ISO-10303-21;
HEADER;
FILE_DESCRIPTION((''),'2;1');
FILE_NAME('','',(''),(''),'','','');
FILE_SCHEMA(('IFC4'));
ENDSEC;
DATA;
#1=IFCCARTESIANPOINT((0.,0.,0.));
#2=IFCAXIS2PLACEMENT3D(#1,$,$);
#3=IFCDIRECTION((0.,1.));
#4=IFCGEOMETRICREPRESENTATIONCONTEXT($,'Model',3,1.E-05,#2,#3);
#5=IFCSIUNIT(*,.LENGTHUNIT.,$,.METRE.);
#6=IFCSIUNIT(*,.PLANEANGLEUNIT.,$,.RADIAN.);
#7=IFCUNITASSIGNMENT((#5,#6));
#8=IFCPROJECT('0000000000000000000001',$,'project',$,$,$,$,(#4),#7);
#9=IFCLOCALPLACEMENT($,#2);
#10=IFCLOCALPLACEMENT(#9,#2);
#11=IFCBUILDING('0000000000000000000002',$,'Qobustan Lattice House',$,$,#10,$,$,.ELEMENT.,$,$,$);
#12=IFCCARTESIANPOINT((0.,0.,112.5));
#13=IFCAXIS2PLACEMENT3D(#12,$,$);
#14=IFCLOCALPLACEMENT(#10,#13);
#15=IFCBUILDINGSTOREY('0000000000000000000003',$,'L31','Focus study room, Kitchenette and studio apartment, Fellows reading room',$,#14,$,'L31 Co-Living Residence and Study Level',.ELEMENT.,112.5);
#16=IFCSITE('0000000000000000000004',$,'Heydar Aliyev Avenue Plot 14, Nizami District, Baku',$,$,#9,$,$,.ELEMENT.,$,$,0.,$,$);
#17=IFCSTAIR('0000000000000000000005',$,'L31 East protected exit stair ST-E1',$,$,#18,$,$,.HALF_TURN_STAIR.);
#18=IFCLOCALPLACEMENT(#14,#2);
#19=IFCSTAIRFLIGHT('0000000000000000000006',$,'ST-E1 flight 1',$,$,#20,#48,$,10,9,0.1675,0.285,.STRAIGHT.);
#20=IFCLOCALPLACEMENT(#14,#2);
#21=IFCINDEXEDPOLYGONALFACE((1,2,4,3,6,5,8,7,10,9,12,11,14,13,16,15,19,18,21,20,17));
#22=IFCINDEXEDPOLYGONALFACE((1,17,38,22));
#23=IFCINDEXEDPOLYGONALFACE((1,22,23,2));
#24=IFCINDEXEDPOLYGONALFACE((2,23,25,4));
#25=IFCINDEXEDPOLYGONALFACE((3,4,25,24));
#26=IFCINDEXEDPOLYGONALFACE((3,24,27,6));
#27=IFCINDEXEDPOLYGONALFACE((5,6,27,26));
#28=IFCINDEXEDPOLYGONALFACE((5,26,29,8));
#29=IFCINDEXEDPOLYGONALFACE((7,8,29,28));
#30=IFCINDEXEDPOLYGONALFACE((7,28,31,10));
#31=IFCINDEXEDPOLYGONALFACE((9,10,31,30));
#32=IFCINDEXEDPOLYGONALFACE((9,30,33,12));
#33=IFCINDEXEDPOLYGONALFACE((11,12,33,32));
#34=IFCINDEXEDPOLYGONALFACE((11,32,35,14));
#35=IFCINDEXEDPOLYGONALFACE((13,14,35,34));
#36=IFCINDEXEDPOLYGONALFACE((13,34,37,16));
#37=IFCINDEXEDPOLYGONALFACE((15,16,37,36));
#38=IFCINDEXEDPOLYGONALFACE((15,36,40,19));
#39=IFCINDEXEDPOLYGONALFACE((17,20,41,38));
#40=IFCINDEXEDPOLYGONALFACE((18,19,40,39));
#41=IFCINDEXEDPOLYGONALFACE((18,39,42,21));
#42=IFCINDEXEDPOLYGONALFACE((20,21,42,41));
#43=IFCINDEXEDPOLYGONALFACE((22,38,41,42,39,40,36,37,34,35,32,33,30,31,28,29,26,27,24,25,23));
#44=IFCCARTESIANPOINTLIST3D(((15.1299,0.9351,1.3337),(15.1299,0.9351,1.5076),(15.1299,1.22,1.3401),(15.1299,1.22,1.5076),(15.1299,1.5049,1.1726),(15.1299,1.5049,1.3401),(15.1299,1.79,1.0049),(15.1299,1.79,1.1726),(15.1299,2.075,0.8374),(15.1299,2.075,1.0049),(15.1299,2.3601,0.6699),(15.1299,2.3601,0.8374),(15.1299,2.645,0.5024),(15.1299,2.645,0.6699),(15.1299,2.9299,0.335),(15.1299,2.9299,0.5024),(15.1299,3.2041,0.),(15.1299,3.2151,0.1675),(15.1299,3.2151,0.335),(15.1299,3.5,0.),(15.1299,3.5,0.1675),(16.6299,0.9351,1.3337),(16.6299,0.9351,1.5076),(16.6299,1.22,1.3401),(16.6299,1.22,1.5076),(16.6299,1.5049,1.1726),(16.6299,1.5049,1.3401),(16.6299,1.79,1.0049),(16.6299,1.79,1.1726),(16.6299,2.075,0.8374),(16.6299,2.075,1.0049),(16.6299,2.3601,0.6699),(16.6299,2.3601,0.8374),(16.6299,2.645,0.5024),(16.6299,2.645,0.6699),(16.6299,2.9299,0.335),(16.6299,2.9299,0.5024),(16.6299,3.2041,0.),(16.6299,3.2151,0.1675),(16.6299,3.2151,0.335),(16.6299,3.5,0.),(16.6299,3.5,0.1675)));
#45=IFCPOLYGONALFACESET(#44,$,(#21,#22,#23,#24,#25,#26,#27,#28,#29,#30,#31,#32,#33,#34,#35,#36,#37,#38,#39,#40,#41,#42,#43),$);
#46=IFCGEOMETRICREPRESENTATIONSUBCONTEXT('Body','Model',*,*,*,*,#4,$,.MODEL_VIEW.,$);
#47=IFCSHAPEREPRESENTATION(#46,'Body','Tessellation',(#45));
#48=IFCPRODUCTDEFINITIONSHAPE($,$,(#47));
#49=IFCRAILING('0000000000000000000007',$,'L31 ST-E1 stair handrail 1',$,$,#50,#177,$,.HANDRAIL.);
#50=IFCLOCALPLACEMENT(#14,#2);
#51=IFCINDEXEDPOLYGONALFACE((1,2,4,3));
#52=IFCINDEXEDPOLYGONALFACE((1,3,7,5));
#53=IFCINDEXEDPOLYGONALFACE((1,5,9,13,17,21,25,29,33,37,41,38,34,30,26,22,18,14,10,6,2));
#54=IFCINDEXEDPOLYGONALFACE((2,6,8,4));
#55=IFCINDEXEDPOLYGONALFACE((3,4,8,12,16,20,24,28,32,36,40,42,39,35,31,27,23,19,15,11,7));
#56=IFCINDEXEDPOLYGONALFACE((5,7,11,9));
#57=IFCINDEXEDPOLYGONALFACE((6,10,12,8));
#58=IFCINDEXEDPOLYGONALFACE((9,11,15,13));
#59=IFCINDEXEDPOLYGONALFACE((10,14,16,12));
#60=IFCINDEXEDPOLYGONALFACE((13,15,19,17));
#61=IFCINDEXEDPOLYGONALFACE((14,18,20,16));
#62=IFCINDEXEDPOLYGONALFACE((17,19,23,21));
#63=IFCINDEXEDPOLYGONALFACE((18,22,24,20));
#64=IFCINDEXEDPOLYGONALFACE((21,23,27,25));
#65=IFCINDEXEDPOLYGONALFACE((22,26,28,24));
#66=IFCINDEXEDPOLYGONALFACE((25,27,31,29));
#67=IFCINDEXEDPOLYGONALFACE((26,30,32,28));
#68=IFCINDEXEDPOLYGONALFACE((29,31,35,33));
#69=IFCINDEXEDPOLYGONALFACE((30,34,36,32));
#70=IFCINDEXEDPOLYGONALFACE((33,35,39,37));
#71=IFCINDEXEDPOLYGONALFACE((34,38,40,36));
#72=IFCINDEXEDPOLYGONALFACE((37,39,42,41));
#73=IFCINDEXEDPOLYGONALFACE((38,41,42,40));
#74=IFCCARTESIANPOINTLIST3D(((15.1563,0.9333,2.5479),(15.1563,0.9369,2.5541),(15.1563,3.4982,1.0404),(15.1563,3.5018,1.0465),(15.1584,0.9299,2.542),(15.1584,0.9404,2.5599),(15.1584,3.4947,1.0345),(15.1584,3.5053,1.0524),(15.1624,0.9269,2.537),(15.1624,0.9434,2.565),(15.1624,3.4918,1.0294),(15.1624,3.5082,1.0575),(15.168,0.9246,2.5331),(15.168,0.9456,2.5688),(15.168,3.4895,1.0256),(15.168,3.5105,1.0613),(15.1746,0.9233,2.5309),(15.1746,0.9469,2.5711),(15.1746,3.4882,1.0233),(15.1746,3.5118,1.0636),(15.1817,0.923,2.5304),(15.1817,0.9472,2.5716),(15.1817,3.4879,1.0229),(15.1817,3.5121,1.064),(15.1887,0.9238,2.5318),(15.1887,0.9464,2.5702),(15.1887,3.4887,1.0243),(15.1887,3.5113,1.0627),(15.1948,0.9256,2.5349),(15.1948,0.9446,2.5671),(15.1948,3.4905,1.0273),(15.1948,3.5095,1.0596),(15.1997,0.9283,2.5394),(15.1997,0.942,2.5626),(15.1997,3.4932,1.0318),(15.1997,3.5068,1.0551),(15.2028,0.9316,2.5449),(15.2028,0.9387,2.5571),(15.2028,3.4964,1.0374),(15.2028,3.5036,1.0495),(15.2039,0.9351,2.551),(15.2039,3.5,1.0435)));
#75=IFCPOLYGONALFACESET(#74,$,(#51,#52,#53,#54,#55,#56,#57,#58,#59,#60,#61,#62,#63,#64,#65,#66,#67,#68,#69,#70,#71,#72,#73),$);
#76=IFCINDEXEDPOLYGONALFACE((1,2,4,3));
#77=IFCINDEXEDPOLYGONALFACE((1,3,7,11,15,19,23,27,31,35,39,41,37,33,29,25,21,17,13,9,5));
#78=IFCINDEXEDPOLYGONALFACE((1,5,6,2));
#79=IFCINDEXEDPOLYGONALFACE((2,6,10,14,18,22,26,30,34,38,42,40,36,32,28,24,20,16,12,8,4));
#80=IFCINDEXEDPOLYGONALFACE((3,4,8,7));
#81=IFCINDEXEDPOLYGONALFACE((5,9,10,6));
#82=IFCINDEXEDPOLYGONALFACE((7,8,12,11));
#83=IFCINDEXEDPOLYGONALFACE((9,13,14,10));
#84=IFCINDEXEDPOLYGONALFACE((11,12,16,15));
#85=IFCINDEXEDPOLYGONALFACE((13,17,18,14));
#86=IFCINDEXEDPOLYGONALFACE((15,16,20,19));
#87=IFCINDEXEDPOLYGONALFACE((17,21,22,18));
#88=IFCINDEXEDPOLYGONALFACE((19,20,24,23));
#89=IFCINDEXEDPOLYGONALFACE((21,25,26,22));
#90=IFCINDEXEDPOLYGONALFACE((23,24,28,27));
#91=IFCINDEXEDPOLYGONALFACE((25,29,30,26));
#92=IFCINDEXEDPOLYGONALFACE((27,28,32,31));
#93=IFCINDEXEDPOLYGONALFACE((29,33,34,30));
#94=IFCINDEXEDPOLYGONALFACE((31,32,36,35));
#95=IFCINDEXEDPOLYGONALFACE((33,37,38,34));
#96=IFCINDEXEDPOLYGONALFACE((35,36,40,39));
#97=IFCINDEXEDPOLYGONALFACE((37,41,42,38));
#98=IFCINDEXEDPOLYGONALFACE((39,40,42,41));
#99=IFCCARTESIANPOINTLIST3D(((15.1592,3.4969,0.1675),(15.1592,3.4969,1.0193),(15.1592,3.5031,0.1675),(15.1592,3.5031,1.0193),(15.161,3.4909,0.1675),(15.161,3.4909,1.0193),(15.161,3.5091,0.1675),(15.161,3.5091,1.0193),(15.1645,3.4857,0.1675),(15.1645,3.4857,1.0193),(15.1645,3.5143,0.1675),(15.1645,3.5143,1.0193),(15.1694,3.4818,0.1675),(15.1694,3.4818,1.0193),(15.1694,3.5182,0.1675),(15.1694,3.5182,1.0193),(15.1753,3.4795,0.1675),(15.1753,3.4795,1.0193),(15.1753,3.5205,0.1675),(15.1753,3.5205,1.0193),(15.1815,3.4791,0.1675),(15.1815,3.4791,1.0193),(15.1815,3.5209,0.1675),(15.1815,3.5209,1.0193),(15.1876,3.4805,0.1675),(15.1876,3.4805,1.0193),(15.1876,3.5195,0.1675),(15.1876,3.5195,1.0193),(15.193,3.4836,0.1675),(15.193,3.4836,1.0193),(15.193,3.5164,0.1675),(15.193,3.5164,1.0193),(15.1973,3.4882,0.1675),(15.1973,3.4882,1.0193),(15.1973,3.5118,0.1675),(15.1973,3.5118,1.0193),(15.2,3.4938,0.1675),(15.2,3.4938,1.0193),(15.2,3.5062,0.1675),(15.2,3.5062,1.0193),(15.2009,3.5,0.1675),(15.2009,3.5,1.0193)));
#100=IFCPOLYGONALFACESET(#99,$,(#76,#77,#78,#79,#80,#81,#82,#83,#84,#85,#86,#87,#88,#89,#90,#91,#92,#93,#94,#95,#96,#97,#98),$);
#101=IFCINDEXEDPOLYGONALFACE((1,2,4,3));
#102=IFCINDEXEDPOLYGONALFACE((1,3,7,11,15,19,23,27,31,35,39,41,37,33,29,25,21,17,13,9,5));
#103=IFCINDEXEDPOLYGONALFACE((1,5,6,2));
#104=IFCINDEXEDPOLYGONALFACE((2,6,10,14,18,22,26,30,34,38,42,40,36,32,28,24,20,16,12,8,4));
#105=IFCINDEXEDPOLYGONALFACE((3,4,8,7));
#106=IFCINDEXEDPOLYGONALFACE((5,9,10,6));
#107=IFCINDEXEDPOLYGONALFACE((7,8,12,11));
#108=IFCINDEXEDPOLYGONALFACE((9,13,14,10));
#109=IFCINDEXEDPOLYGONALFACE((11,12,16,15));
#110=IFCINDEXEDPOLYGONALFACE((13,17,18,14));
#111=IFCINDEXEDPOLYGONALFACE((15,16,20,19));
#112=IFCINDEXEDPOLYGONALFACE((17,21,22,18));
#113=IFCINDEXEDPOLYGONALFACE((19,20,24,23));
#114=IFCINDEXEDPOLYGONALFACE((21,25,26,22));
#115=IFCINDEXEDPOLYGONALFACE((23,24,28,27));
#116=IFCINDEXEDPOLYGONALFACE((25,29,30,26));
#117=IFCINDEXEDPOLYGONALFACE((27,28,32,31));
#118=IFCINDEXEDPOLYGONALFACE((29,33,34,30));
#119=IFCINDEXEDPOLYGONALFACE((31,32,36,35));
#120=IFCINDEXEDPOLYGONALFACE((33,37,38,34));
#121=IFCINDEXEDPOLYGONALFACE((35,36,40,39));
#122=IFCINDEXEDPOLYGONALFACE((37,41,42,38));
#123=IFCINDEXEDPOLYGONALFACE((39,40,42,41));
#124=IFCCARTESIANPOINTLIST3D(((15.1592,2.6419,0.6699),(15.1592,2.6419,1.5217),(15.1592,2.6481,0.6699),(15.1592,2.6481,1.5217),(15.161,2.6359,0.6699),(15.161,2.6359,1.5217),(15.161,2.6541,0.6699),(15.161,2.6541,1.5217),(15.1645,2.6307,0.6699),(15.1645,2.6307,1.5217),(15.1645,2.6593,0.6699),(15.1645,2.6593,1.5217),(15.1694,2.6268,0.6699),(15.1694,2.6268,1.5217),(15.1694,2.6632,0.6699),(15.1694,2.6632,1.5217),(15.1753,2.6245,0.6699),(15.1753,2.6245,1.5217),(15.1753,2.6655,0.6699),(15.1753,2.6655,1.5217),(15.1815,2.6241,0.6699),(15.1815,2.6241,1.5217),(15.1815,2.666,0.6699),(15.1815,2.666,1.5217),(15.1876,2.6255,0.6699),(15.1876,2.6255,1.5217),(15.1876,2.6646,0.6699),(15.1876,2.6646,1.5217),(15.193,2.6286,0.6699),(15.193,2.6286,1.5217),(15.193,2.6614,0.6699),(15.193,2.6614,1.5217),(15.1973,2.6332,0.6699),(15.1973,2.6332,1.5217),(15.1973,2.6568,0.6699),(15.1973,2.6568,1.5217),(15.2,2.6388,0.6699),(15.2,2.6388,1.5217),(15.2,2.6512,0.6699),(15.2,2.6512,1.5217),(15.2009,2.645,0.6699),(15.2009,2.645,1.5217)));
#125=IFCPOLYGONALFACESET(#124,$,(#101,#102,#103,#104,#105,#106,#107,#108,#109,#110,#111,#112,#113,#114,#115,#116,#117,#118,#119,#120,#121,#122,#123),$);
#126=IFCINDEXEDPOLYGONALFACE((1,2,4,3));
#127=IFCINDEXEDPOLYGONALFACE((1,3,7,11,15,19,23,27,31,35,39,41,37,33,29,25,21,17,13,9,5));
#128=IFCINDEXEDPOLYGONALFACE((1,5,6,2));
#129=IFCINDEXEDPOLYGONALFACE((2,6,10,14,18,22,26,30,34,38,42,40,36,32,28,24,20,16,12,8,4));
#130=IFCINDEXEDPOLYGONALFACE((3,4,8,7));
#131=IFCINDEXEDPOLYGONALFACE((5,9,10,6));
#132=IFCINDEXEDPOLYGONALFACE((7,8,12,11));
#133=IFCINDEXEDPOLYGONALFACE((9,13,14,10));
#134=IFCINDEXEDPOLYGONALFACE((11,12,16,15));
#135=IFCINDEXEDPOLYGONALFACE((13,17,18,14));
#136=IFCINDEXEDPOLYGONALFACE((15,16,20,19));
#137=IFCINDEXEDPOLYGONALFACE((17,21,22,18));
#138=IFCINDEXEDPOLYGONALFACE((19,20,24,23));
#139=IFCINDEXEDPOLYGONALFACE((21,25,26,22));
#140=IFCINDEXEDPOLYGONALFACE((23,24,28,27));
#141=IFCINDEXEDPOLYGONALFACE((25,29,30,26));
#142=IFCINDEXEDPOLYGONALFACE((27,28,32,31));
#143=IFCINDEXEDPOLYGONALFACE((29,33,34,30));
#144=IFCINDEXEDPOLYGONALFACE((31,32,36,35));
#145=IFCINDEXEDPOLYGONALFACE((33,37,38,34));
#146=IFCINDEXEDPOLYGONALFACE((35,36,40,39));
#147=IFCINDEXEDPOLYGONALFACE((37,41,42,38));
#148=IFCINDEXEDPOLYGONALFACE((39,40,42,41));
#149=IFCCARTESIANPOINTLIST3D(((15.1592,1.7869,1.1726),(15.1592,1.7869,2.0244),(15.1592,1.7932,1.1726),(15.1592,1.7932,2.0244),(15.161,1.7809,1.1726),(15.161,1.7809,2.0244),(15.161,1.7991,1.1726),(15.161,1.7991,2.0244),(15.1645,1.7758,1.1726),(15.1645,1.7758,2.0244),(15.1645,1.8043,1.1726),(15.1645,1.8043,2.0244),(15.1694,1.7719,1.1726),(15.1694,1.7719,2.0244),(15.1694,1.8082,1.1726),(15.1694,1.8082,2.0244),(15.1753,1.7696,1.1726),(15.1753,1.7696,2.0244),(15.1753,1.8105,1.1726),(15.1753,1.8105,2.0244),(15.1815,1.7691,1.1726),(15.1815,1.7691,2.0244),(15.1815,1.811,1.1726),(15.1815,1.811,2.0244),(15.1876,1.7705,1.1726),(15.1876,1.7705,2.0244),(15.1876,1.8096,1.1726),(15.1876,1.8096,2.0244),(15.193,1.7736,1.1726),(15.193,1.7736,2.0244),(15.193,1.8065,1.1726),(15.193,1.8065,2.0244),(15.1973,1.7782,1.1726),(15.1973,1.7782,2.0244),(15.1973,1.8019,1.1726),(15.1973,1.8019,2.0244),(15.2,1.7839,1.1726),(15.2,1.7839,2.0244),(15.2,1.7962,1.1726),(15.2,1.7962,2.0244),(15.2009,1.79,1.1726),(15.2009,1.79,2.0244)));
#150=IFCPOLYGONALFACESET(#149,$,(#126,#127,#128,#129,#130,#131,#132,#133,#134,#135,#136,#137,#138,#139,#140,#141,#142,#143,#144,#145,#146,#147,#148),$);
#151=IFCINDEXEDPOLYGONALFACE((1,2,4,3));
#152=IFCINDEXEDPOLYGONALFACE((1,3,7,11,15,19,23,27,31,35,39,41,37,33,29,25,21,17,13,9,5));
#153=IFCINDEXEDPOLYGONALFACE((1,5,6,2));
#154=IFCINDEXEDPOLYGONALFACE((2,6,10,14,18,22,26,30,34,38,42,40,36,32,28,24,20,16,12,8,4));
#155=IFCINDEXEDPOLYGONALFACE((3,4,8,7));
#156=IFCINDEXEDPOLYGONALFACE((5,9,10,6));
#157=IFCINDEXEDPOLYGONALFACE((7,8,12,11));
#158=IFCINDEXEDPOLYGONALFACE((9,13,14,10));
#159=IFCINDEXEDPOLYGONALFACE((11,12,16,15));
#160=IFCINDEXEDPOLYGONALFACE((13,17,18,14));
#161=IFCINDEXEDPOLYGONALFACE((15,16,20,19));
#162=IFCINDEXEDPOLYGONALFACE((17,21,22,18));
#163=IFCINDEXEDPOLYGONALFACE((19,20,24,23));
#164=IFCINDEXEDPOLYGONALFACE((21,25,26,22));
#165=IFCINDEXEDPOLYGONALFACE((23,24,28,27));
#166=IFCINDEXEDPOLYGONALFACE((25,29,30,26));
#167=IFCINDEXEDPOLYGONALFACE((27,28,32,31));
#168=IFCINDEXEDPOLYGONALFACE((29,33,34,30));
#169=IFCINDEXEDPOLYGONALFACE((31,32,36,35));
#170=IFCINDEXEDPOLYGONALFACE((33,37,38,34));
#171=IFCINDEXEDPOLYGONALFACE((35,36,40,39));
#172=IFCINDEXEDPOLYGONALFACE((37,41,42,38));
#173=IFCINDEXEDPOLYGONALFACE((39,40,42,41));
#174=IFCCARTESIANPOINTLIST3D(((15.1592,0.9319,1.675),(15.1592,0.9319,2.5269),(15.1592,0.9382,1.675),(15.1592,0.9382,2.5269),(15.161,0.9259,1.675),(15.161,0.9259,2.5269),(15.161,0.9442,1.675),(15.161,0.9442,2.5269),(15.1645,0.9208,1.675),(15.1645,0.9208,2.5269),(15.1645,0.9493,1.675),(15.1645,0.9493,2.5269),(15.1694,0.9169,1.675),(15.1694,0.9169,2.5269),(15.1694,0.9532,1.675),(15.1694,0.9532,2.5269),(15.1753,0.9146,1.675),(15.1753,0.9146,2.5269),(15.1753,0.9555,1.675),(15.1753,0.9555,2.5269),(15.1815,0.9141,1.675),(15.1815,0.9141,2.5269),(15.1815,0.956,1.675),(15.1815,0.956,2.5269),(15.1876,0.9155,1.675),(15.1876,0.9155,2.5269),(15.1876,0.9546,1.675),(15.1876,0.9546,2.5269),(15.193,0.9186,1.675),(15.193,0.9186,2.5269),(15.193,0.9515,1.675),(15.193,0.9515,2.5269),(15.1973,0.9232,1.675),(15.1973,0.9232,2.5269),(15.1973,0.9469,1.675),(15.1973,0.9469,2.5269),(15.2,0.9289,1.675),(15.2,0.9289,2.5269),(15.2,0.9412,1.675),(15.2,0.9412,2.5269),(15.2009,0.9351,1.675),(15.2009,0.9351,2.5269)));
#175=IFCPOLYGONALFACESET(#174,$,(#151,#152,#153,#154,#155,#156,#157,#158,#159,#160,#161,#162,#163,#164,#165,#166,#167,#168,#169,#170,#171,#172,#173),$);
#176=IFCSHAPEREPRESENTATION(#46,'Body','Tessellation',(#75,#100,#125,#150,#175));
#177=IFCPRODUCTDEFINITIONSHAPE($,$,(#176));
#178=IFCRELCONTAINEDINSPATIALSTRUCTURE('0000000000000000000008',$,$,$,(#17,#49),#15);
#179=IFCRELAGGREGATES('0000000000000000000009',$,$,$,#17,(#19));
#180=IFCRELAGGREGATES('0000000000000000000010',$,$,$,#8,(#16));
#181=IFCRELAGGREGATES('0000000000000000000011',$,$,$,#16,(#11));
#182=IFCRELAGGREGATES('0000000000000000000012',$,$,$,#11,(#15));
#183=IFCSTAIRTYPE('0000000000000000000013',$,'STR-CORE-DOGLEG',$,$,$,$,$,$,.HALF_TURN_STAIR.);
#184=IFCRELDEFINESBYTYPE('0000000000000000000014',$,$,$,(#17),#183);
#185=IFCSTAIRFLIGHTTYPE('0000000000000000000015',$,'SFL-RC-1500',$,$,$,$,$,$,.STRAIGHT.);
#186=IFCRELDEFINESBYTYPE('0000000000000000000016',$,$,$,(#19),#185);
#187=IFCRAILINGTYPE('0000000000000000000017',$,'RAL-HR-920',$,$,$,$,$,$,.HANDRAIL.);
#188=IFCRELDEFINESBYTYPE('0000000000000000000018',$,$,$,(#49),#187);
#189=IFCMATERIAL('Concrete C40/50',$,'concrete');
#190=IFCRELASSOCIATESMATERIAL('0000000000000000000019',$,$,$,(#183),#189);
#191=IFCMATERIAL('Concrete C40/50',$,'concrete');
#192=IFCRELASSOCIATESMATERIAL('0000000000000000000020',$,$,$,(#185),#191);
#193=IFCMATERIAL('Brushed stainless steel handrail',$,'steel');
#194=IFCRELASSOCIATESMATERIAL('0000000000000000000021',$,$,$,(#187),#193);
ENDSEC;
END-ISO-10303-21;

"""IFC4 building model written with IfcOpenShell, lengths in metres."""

from ifc_helpers import new_model, si_unit, direction, frame, origin, origin_2d, place, context, subcontext, project, spatial, polyline, circle, outline, extrude, material, type_object, element, aggregate, save


model = new_model("IFC4")

# Units and contexts
model_context = context("Model", 3, precision=1e-05, world=origin(), true_north=direction((0.0, 1.0)))
body_context = subcontext(model_context, "Body", "Model", "MODEL_VIEW")
ifc_project = project(units=[si_unit("LENGTHUNIT", "METRE"), si_unit("PLANEANGLEUNIT", "RADIAN")], contexts=[model_context])

# Site, building, storey
site_placement = place(None, origin())
site = spatial("IfcSite", under=ifc_project, at=site_placement, Name="Heydar Aliyev Avenue Plot 14, Nizami District, Baku", CompositionType="ELEMENT", RefElevation=0.0)
building_placement = place(site_placement, origin())
building = spatial("IfcBuilding", under=site, at=building_placement, Name="Qobustan Lattice House", CompositionType="ELEMENT")
storey_placement = place(building_placement, frame((0.0, 0.0, 112.5)))
storey = spatial("IfcBuildingStorey", under=building, at=storey_placement, Name="L31", Description="Focus study room, Kitchenette and studio apartment, Fellows reading room", LongName="L31 Co-Living Residence and Study Level", CompositionType="ELEMENT", Elevation=112.5)

# Stair, stair flight
ifc_material_1 = material(Name="Concrete C40/50", Category="concrete")
stair_type = type_object("IfcStairType", Name="STR-CORE-DOGLEG", PredefinedType="HALF_TURN_STAIR", material=ifc_material_1)
stair_placement = place(storey_placement, origin())
stair = element("IfcStair", 1, at=stair_placement, inside=storey, type_object=stair_type, Name="L31 East protected exit stair ST-E1", PredefinedType="HALF_TURN_STAIR")
ifc_material_2 = material(Name="Concrete C40/50", Category="concrete")
stair_flight_type = type_object("IfcStairFlightType", Name="SFL-RC-1500", PredefinedType="STRAIGHT", material=ifc_material_2)
stair_flight_placement = place(storey_placement, frame((15.8799, 3.5, 0.0), z_axis=(0.0, 0.0, 1.0), x_axis=(0.0, -1.0, 0.0)))
stair_flight = element("IfcStairFlight", 2, at=stair_flight_placement, type_object=stair_flight_type, Name="ST-E1 flight 1", NumberOfRisers=10, NumberOfTreads=9, PredefinedType="STRAIGHT", RiserHeight=0.1675, TreadLength=0.285, context=body_context, shape_type="SweptSolid", body=[
    extrude(outline(polyline([(0.0, 0.0), (0.0, 0.1675), (0.2849, 0.1675), (0.2849, 0.335), (0.5701, 0.335), (0.5701, 0.5024), (0.855, 0.5024), (0.855, 0.6699), (1.1399, 0.6699), (1.1399, 0.8374), (1.425, 0.8374), (1.425, 1.0049), (1.71, 1.0049), (1.71, 1.1726), (1.9951, 1.1726), (1.9951, 1.3401), (2.28, 1.3401), (2.28, 1.5076), (2.5649, 1.5076), (2.5649, 1.675), (2.5649, 1.3337), (0.2959, 0.0), (0.0, 0.0)])), frame((0.0, 0.75, 0.0), z_axis=(0.0, -1.0, 0.0), x_axis=(1.0, 0.0, 0.0)), (0.0, 0.0, 1.0), 1.5),
])
aggregate(stair, [stair_flight])

# Railing
ifc_material_3 = material(Name="Brushed stainless steel handrail", Category="steel")
railing_type_1 = type_object("IfcRailingType", Name="RAL-HR-920", PredefinedType="HANDRAIL", material=ifc_material_3)
railing_1_placement = place(storey_placement, frame((15.1799, 3.5, 0.1675)))
element("IfcRailing", 3, at=railing_1_placement, inside=storey, type_object=railing_type_1, Name="L31 ST-E1 stair handrail 1", PredefinedType="HANDRAIL", context=body_context, shape_type="SweptSolid", body=[
    extrude(circle(Radius=0.0239, at=origin_2d()), frame((0.0, 0.0, 0.876), z_axis=(0.0, -0.862113, 0.506715), x_axis=(1.0, 0.0, 0.0)), (0.0, 0.0, 1.0), 2.9751),
    extrude(circle(Radius=0.021, at=origin_2d()), origin(), (0.0, 0.0, 1.0), 0.8518),
    extrude(circle(Radius=0.021, at=origin_2d()), frame((0.0, -0.855, 0.5024)), (0.0, 0.0, 1.0), 0.8518),
    extrude(circle(Radius=0.021, at=origin_2d()), frame((0.0, -1.71, 1.0051)), (0.0, 0.0, 1.0), 0.8518),
    extrude(circle(Radius=0.021, at=origin_2d()), frame((0.0, -2.5649, 1.5076)), (0.0, 0.0, 1.0), 0.8518),
])

save(model, "model.ifc")
